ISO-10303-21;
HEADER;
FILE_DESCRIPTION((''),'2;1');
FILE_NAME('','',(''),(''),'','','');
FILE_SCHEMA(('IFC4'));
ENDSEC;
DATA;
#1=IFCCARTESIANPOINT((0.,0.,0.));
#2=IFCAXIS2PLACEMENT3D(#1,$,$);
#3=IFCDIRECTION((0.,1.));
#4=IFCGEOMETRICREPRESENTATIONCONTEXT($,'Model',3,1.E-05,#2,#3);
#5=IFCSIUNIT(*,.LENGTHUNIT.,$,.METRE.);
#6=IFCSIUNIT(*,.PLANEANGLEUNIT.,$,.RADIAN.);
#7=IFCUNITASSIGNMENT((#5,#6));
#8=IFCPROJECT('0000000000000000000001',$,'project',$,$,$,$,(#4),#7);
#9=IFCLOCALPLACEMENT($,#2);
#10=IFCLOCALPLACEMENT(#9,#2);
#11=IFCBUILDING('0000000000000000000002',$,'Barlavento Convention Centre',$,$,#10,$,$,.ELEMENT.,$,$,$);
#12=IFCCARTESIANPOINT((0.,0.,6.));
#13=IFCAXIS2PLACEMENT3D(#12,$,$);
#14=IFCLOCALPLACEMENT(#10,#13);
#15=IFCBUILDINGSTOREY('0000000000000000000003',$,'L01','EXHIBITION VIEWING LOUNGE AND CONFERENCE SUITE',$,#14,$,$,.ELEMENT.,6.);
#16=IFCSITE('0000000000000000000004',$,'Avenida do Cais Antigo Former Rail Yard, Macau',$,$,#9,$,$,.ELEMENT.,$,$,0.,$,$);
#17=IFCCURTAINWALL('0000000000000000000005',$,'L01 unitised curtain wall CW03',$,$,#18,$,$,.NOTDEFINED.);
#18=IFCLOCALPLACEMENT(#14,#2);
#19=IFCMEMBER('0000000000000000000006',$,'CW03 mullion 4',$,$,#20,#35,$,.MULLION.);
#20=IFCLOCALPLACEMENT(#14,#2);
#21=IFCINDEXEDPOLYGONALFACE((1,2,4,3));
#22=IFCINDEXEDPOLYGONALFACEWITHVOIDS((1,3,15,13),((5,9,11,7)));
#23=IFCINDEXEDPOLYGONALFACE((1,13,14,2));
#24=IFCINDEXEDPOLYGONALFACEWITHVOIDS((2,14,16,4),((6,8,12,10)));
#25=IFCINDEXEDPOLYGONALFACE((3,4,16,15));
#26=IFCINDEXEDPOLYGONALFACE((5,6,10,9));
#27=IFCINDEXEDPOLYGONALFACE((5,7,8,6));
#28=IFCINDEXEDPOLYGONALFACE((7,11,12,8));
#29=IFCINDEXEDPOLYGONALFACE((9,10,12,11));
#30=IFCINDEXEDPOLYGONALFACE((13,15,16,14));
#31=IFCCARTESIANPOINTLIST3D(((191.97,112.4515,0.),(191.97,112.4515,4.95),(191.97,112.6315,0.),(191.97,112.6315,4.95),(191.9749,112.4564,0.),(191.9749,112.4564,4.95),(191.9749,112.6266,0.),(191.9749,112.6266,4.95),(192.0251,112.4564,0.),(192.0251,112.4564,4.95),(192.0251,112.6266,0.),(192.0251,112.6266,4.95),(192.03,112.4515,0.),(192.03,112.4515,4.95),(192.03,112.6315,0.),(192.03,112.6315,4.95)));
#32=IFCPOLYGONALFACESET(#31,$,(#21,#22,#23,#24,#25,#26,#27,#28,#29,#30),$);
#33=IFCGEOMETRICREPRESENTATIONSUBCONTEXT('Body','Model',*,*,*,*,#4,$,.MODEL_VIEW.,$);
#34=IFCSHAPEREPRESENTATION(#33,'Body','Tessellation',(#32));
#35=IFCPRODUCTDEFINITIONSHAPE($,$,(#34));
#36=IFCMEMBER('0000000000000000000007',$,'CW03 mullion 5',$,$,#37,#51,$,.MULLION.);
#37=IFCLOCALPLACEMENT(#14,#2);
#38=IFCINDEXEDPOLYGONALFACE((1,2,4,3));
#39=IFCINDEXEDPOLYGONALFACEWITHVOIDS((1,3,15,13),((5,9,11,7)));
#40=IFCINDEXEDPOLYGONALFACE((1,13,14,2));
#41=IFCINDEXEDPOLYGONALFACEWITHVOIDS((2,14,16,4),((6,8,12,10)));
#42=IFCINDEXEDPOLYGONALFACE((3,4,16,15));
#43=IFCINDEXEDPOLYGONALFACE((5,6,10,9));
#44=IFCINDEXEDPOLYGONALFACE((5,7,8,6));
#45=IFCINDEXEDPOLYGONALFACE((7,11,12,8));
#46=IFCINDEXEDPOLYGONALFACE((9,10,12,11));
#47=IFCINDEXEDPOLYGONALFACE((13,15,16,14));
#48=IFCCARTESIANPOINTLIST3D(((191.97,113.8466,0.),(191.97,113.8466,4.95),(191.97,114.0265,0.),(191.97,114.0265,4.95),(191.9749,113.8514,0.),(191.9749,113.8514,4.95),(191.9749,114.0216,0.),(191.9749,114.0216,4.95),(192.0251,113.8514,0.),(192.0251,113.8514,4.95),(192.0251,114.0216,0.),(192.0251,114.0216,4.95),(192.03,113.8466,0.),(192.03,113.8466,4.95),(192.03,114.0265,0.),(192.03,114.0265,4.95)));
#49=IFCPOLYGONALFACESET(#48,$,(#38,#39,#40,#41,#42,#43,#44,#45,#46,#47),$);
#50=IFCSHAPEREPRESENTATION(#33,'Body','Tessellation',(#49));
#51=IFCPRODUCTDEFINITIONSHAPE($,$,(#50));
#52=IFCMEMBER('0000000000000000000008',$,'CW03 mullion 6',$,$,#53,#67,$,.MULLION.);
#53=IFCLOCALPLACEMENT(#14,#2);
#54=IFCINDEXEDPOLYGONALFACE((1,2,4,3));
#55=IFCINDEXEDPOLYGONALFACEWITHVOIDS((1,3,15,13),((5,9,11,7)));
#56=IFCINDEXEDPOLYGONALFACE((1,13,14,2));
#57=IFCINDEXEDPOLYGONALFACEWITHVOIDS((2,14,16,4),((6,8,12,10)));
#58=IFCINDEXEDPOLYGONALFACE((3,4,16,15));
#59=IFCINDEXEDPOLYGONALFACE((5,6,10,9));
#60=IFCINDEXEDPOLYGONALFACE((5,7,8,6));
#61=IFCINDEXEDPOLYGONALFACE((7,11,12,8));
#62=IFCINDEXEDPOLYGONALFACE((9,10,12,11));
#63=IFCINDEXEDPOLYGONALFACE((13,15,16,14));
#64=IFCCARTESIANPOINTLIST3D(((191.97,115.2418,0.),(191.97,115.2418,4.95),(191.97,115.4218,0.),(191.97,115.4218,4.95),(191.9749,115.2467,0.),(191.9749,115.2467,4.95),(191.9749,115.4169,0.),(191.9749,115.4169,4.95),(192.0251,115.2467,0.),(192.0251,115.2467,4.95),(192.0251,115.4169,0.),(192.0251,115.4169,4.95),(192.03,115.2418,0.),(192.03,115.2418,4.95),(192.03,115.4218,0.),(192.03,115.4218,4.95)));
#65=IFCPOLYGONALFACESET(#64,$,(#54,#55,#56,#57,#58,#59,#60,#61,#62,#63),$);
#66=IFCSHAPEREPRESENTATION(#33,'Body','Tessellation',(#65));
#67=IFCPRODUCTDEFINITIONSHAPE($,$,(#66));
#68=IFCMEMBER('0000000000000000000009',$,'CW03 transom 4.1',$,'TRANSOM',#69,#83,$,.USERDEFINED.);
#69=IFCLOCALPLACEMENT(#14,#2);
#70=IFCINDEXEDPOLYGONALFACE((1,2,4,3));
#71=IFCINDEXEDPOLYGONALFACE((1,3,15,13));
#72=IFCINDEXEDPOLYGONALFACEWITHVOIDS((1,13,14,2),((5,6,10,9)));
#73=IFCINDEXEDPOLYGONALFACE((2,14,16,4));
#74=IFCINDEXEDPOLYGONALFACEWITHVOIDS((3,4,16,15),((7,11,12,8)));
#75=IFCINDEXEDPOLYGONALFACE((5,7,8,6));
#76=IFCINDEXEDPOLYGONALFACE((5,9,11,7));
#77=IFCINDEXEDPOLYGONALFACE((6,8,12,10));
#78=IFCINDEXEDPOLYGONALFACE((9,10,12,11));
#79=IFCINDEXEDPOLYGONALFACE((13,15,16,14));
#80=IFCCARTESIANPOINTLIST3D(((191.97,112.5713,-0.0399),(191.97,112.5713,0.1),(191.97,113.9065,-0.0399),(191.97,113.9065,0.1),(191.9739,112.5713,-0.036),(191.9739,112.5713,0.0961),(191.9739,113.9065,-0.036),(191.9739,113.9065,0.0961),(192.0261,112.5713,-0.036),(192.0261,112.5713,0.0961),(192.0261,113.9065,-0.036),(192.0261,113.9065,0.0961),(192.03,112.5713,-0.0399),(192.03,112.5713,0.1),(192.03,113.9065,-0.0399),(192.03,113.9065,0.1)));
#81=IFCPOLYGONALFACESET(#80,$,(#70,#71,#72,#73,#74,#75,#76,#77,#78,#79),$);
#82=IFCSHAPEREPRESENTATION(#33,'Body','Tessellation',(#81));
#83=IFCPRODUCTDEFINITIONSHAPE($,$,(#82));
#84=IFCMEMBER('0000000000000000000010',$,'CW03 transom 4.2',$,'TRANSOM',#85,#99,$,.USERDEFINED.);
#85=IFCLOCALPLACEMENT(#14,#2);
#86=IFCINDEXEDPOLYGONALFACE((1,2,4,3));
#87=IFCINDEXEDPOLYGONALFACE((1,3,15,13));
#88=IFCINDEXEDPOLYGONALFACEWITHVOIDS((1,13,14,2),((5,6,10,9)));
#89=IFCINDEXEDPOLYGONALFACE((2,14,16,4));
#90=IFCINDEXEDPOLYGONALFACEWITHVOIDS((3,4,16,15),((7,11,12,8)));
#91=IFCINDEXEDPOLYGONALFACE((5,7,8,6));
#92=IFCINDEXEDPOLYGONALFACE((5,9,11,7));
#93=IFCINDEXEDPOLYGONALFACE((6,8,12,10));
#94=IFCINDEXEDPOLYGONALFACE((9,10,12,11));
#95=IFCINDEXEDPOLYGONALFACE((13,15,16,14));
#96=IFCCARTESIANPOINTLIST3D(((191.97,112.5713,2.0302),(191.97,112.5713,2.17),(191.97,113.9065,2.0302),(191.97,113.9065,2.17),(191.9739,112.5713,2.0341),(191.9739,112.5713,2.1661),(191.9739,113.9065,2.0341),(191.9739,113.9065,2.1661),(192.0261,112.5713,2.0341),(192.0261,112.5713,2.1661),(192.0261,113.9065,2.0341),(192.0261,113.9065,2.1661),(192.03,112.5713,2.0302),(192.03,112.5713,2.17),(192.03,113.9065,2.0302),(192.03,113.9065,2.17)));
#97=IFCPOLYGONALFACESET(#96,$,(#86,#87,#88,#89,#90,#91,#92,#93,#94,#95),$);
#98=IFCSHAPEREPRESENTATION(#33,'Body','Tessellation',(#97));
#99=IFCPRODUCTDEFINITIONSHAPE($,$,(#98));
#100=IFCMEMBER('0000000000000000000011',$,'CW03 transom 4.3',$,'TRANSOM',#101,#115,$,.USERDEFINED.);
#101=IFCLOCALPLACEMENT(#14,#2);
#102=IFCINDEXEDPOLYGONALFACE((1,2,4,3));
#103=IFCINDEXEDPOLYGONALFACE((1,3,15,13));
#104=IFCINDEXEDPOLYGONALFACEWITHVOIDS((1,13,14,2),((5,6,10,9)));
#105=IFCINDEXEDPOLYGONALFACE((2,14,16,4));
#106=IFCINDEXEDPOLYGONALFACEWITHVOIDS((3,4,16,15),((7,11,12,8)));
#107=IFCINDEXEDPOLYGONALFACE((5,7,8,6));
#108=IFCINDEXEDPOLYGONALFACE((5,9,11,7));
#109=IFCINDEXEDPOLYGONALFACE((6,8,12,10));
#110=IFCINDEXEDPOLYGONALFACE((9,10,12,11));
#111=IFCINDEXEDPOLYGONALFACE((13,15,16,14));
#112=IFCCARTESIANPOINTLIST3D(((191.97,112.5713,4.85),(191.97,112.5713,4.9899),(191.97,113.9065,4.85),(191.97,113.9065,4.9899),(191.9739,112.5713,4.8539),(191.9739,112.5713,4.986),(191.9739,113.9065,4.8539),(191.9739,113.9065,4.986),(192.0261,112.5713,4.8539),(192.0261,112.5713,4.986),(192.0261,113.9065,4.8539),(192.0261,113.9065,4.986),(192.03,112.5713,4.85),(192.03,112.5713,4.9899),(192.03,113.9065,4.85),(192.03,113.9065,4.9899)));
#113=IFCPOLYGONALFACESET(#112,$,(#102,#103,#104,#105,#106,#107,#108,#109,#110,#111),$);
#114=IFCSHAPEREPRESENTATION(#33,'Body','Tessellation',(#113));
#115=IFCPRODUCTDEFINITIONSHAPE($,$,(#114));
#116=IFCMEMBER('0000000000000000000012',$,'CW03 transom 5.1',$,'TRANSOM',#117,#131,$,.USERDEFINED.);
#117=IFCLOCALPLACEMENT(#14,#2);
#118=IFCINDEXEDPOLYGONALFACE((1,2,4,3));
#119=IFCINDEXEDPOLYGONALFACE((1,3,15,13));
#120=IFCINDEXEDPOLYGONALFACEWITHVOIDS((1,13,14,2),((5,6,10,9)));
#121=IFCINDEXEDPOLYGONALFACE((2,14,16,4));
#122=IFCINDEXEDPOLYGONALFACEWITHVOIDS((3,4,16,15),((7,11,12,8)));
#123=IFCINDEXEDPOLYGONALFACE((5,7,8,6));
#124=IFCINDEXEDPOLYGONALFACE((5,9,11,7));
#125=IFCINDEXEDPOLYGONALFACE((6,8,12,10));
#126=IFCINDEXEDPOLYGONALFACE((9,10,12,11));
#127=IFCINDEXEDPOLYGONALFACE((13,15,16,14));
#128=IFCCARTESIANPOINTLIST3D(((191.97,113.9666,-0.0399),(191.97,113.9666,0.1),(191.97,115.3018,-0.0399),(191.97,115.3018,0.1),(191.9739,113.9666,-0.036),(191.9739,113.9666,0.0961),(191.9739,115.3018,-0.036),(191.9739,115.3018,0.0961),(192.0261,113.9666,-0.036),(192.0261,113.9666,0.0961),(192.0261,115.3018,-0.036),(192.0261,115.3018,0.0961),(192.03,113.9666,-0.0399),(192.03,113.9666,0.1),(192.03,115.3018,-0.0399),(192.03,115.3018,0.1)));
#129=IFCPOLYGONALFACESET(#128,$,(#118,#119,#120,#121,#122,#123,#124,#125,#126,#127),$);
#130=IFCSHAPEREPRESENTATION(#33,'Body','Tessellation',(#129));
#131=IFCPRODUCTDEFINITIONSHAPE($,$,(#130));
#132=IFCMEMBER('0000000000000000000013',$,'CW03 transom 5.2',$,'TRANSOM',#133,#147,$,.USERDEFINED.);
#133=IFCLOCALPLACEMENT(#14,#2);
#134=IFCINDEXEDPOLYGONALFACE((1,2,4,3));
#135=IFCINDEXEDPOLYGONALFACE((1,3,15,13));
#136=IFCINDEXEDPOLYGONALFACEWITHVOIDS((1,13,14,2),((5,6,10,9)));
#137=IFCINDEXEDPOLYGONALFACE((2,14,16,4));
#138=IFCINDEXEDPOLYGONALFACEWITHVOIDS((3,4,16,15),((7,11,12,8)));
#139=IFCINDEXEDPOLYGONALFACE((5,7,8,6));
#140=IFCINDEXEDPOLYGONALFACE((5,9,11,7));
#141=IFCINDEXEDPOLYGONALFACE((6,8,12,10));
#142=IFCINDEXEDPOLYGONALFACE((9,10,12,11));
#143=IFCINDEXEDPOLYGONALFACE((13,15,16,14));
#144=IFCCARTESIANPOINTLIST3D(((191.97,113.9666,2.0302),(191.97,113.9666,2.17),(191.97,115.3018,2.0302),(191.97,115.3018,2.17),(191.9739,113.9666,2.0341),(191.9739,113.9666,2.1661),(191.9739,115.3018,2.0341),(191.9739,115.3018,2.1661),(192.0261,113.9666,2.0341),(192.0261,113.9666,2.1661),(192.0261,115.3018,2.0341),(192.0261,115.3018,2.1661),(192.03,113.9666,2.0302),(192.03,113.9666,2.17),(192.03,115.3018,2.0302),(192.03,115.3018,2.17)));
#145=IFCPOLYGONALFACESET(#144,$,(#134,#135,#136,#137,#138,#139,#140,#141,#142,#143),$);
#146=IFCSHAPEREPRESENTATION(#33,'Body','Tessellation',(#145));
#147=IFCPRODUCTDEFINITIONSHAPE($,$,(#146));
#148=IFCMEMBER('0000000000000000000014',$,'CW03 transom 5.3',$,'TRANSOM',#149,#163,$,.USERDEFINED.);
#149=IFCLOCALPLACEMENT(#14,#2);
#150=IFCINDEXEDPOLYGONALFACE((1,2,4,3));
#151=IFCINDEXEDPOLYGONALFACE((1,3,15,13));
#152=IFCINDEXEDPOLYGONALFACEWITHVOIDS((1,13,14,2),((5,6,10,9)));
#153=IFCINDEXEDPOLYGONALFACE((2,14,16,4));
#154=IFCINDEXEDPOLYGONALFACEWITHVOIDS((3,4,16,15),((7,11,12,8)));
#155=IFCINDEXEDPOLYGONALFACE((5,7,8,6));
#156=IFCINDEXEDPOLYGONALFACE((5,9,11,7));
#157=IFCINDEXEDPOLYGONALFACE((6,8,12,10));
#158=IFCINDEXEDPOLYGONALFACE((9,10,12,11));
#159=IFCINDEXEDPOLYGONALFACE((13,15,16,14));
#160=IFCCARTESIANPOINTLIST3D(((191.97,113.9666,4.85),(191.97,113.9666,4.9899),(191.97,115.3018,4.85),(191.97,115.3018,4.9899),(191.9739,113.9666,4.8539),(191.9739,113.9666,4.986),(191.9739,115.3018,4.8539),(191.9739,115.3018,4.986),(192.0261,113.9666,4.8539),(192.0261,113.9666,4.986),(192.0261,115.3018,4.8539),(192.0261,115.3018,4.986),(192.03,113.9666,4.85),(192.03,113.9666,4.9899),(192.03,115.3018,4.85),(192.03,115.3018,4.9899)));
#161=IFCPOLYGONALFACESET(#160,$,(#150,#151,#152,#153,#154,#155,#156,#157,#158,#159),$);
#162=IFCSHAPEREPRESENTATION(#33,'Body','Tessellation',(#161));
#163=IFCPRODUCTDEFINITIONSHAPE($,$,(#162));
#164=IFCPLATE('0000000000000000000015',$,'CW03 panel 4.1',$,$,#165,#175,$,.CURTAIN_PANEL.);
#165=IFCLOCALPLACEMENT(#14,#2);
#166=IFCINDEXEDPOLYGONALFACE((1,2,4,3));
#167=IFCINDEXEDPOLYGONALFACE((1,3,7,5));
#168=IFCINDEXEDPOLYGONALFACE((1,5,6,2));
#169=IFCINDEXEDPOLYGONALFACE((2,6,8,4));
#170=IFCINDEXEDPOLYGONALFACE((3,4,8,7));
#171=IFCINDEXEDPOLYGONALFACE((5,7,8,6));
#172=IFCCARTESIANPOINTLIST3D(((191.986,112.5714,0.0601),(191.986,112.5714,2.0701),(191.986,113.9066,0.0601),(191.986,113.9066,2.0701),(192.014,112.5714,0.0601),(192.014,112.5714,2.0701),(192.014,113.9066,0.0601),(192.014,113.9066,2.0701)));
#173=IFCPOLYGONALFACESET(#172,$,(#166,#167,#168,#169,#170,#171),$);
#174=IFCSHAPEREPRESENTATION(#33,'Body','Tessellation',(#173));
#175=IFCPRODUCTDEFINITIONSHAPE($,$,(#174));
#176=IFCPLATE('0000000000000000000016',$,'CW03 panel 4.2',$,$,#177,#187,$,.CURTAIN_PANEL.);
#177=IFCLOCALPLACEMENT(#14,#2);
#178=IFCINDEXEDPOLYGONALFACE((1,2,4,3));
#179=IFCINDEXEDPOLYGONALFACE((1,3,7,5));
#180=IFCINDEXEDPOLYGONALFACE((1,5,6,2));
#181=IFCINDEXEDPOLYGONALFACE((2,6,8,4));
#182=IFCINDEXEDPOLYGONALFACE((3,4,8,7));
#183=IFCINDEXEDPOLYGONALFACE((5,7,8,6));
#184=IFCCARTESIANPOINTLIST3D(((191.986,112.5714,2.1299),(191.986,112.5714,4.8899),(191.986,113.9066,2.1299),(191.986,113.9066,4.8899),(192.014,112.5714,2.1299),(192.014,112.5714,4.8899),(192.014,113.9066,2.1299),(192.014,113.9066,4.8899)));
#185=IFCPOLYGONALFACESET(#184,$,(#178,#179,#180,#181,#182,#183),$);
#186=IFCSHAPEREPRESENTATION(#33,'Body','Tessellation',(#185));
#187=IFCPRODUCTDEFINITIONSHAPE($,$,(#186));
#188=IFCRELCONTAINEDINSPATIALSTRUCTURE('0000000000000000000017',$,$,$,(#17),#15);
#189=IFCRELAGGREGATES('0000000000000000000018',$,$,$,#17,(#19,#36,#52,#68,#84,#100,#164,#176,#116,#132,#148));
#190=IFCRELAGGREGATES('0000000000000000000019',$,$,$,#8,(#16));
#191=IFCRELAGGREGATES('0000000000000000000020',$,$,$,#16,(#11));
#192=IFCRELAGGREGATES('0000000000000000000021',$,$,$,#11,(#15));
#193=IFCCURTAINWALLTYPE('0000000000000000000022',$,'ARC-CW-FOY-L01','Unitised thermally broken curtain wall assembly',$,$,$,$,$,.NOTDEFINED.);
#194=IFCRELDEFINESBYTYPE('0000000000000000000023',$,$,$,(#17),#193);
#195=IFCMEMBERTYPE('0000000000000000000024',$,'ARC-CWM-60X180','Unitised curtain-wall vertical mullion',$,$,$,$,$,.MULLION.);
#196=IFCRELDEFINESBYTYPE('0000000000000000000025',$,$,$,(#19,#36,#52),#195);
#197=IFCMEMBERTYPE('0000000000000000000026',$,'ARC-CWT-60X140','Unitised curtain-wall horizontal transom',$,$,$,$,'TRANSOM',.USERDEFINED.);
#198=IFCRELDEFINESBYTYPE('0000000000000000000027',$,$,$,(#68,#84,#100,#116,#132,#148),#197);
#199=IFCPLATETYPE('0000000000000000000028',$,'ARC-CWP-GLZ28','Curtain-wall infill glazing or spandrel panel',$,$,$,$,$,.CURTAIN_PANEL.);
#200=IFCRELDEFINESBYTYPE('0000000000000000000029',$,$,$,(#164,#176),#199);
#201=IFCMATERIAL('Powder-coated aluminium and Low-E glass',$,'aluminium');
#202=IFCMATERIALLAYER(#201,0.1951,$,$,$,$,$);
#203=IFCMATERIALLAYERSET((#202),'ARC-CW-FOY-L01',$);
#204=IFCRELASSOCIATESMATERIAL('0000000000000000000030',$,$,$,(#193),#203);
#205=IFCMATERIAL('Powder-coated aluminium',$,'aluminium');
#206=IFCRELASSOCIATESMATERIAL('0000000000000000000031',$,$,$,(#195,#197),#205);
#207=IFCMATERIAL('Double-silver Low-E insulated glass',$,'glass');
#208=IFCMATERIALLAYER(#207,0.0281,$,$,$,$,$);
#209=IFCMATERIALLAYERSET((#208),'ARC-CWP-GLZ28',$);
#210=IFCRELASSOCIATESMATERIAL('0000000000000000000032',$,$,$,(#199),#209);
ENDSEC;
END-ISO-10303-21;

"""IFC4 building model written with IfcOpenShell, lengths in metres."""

from ifc_helpers import new_model, si_unit, direction, frame, origin, origin_2d, place, context, subcontext, project, spatial, rectangle, hollow_rectangle, extrude, material, layer, layer_set, material_profile, profile_set, type_object, element, aggregate, save


model = new_model("IFC4")

# Units and contexts
model_context = context("Model", 3, precision=1e-05, world=origin(), true_north=direction((0.0, 1.0)))
body_context = subcontext(model_context, "Body", "Model", "MODEL_VIEW")
ifc_project = project(units=[si_unit("LENGTHUNIT", "METRE"), si_unit("PLANEANGLEUNIT", "RADIAN")], contexts=[model_context])

# Site, building, storey
site_placement = place(None, origin())
site = spatial("IfcSite", under=ifc_project, at=site_placement, Name="Avenida do Cais Antigo Former Rail Yard, Macau", CompositionType="ELEMENT", RefElevation=0.0)
building_placement = place(site_placement, origin())
building = spatial("IfcBuilding", under=site, at=building_placement, Name="Barlavento Convention Centre", CompositionType="ELEMENT")
storey_placement = place(building_placement, frame((0.0, 0.0, 6.0)))
storey = spatial("IfcBuildingStorey", under=building, at=storey_placement, Name="L01", Description="EXHIBITION VIEWING LOUNGE AND CONFERENCE SUITE", CompositionType="ELEMENT", Elevation=6.0)

# Curtain wall, members, plates
ifc_material_1 = material(Name="Powder-coated aluminium and Low-E glass", Category="aluminium")
ifc_layer_1 = layer(ifc_material_1, 0.1951)
ifc_layer_set_1 = layer_set([ifc_layer_1], Name="ARC-CW-FOY-L01")
curtain_wall_type = type_object("IfcCurtainWallType", Name="ARC-CW-FOY-L01", Description="Unitised thermally broken curtain wall assembly", PredefinedType="NOTDEFINED", material=ifc_layer_set_1)
curtain_wall_placement = place(storey_placement, origin())
curtain_wall = element("IfcCurtainWall", 1, at=curtain_wall_placement, inside=storey, type_object=curtain_wall_type, Name="L01 unitised curtain wall CW03", PredefinedType="NOTDEFINED")
ifc_material_2 = material(Name="Powder-coated aluminium", Category="aluminium")
ifc_material_profile_1 = material_profile(ifc_material_2, hollow_rectangle(XDim=0.0601, YDim=0.1799, WallThickness=0.0049, at=origin_2d()), Name="AL-MULL 60x180x5")
ifc_profile_set_1 = profile_set([ifc_material_profile_1], Name="Powder-coated aluminium")
member_type_1 = type_object("IfcMemberType", Name="ARC-CWM-60X180", Description="Unitised curtain-wall vertical mullion", PredefinedType="MULLION", material=ifc_profile_set_1)
member_1_placement = place(storey_placement, frame((192.0, 112.5415, 0.0), z_axis=(0.0, 0.0, 1.0), x_axis=(-1.0, 0.0, 0.0)))
member_1 = element("IfcMember", 2, at=member_1_placement, type_object=member_type_1, Name="CW03 mullion 4", PredefinedType="MULLION", context=body_context, shape_type="SweptSolid", body=[
    extrude(hollow_rectangle(XDim=0.0601, YDim=0.1799, WallThickness=0.0049, at=origin_2d()), origin(), (0.0, 0.0, 1.0), 4.95),
])
member_2_placement = place(storey_placement, frame((192.0, 113.9365, 0.0), z_axis=(0.0, 0.0, 1.0), x_axis=(-1.0, 0.0, 0.0)))
member_2 = element("IfcMember", 3, at=member_2_placement, type_object=member_type_1, Name="CW03 mullion 5", PredefinedType="MULLION", context=body_context, shape_type="SweptSolid", body=[
    extrude(hollow_rectangle(XDim=0.0601, YDim=0.1799, WallThickness=0.0049, at=origin_2d()), origin(), (0.0, 0.0, 1.0), 4.95),
])
member_3_placement = place(storey_placement, frame((192.0, 115.3318, 0.0), z_axis=(0.0, 0.0, 1.0), x_axis=(-1.0, 0.0, 0.0)))
member_3 = element("IfcMember", 4, at=member_3_placement, type_object=member_type_1, Name="CW03 mullion 6", PredefinedType="MULLION", context=body_context, shape_type="SweptSolid", body=[
    extrude(hollow_rectangle(XDim=0.0601, YDim=0.1799, WallThickness=0.0049, at=origin_2d()), origin(), (0.0, 0.0, 1.0), 4.95),
])
ifc_material_profile_2 = material_profile(ifc_material_2, hollow_rectangle(XDim=0.0601, YDim=0.1399, WallThickness=0.0039, at=origin_2d()), Name="AL-TRAN 60x140x4")
ifc_profile_set_2 = profile_set([ifc_material_profile_2], Name="Powder-coated aluminium")
member_type_2 = type_object("IfcMemberType", Name="ARC-CWT-60X140", Description="Unitised curtain-wall horizontal transom", ElementType="TRANSOM", PredefinedType="USERDEFINED", material=ifc_profile_set_2)
member_4_placement = place(storey_placement, frame((192.0, 112.5713, 0.03), z_axis=(0.0, 1.0, 0.0), x_axis=(-1.0, 0.0, 0.0)))
member_4 = element("IfcMember", 5, at=member_4_placement, type_object=member_type_2, Name="CW03 transom 4.1", ObjectType="TRANSOM", PredefinedType="USERDEFINED", context=body_context, shape_type="SweptSolid", body=[
    extrude(hollow_rectangle(XDim=0.0601, YDim=0.1399, WallThickness=0.0039, at=origin_2d()), origin(), (0.0, 0.0, 1.0), 1.3352),
])
member_5_placement = place(storey_placement, frame((192.0, 112.5713, 2.1001), z_axis=(0.0, 1.0, 0.0), x_axis=(-1.0, 0.0, 0.0)))
member_5 = element("IfcMember", 6, at=member_5_placement, type_object=member_type_2, Name="CW03 transom 4.2", ObjectType="TRANSOM", PredefinedType="USERDEFINED", context=body_context, shape_type="SweptSolid", body=[
    extrude(hollow_rectangle(XDim=0.0601, YDim=0.1399, WallThickness=0.0039, at=origin_2d()), origin(), (0.0, 0.0, 1.0), 1.3352),
])
member_6_placement = place(storey_placement, frame((192.0, 112.5713, 4.9199), z_axis=(0.0, 1.0, 0.0), x_axis=(-1.0, 0.0, 0.0)))
member_6 = element("IfcMember", 7, at=member_6_placement, type_object=member_type_2, Name="CW03 transom 4.3", ObjectType="TRANSOM", PredefinedType="USERDEFINED", context=body_context, shape_type="SweptSolid", body=[
    extrude(hollow_rectangle(XDim=0.0601, YDim=0.1399, WallThickness=0.0039, at=origin_2d()), origin(), (0.0, 0.0, 1.0), 1.3352),
])
member_7_placement = place(storey_placement, frame((192.0, 113.9666, 0.03), z_axis=(0.0, 1.0, 0.0), x_axis=(-1.0, 0.0, 0.0)))
member_7 = element("IfcMember", 8, at=member_7_placement, type_object=member_type_2, Name="CW03 transom 5.1", ObjectType="TRANSOM", PredefinedType="USERDEFINED", context=body_context, shape_type="SweptSolid", body=[
    extrude(hollow_rectangle(XDim=0.0601, YDim=0.1399, WallThickness=0.0039, at=origin_2d()), origin(), (0.0, 0.0, 1.0), 1.3352),
])
member_8_placement = place(storey_placement, frame((192.0, 113.9666, 2.1001), z_axis=(0.0, 1.0, 0.0), x_axis=(-1.0, 0.0, 0.0)))
member_8 = element("IfcMember", 9, at=member_8_placement, type_object=member_type_2, Name="CW03 transom 5.2", ObjectType="TRANSOM", PredefinedType="USERDEFINED", context=body_context, shape_type="SweptSolid", body=[
    extrude(hollow_rectangle(XDim=0.0601, YDim=0.1399, WallThickness=0.0039, at=origin_2d()), origin(), (0.0, 0.0, 1.0), 1.3352),
])
member_9_placement = place(storey_placement, frame((192.0, 113.9666, 4.9199), z_axis=(0.0, 1.0, 0.0), x_axis=(-1.0, 0.0, 0.0)))
member_9 = element("IfcMember", 10, at=member_9_placement, type_object=member_type_2, Name="CW03 transom 5.3", ObjectType="TRANSOM", PredefinedType="USERDEFINED", context=body_context, shape_type="SweptSolid", body=[
    extrude(hollow_rectangle(XDim=0.0601, YDim=0.1399, WallThickness=0.0039, at=origin_2d()), origin(), (0.0, 0.0, 1.0), 1.3352),
])
ifc_material_3 = material(Name="Double-silver Low-E insulated glass", Category="glass")
ifc_layer_2 = layer(ifc_material_3, 0.0281)
ifc_layer_set_2 = layer_set([ifc_layer_2], Name="ARC-CWP-GLZ28")
plate_type = type_object("IfcPlateType", Name="ARC-CWP-GLZ28", Description="Curtain-wall infill glazing or spandrel panel", PredefinedType="CURTAIN_PANEL", material=ifc_layer_set_2)
plate_1_placement = place(storey_placement, frame((192.0, 113.239, 0.0601), z_axis=(0.0, 0.0, 1.0), x_axis=(0.0, 1.0, 0.0)))
plate_1 = element("IfcPlate", 11, at=plate_1_placement, type_object=plate_type, Name="CW03 panel 4.1", PredefinedType="CURTAIN_PANEL", context=body_context, shape_type="SweptSolid", body=[
    extrude(rectangle(XDim=1.3352, YDim=0.0281, at=origin_2d()), origin(), (0.0, 0.0, 1.0), 2.01),
])
plate_2_placement = place(storey_placement, frame((192.0, 113.239, 2.1299), z_axis=(0.0, 0.0, 1.0), x_axis=(0.0, 1.0, 0.0)))
plate_2 = element("IfcPlate", 12, at=plate_2_placement, type_object=plate_type, Name="CW03 panel 4.2", PredefinedType="CURTAIN_PANEL", context=body_context, shape_type="SweptSolid", body=[
    extrude(rectangle(XDim=1.3352, YDim=0.0281, at=origin_2d()), origin(), (0.0, 0.0, 1.0), 2.76),
])
aggregate(curtain_wall, [member_1, member_2, member_3, member_4, member_5, member_6, plate_1, plate_2, member_7, member_8, member_9])

save(model, "model.ifc")
